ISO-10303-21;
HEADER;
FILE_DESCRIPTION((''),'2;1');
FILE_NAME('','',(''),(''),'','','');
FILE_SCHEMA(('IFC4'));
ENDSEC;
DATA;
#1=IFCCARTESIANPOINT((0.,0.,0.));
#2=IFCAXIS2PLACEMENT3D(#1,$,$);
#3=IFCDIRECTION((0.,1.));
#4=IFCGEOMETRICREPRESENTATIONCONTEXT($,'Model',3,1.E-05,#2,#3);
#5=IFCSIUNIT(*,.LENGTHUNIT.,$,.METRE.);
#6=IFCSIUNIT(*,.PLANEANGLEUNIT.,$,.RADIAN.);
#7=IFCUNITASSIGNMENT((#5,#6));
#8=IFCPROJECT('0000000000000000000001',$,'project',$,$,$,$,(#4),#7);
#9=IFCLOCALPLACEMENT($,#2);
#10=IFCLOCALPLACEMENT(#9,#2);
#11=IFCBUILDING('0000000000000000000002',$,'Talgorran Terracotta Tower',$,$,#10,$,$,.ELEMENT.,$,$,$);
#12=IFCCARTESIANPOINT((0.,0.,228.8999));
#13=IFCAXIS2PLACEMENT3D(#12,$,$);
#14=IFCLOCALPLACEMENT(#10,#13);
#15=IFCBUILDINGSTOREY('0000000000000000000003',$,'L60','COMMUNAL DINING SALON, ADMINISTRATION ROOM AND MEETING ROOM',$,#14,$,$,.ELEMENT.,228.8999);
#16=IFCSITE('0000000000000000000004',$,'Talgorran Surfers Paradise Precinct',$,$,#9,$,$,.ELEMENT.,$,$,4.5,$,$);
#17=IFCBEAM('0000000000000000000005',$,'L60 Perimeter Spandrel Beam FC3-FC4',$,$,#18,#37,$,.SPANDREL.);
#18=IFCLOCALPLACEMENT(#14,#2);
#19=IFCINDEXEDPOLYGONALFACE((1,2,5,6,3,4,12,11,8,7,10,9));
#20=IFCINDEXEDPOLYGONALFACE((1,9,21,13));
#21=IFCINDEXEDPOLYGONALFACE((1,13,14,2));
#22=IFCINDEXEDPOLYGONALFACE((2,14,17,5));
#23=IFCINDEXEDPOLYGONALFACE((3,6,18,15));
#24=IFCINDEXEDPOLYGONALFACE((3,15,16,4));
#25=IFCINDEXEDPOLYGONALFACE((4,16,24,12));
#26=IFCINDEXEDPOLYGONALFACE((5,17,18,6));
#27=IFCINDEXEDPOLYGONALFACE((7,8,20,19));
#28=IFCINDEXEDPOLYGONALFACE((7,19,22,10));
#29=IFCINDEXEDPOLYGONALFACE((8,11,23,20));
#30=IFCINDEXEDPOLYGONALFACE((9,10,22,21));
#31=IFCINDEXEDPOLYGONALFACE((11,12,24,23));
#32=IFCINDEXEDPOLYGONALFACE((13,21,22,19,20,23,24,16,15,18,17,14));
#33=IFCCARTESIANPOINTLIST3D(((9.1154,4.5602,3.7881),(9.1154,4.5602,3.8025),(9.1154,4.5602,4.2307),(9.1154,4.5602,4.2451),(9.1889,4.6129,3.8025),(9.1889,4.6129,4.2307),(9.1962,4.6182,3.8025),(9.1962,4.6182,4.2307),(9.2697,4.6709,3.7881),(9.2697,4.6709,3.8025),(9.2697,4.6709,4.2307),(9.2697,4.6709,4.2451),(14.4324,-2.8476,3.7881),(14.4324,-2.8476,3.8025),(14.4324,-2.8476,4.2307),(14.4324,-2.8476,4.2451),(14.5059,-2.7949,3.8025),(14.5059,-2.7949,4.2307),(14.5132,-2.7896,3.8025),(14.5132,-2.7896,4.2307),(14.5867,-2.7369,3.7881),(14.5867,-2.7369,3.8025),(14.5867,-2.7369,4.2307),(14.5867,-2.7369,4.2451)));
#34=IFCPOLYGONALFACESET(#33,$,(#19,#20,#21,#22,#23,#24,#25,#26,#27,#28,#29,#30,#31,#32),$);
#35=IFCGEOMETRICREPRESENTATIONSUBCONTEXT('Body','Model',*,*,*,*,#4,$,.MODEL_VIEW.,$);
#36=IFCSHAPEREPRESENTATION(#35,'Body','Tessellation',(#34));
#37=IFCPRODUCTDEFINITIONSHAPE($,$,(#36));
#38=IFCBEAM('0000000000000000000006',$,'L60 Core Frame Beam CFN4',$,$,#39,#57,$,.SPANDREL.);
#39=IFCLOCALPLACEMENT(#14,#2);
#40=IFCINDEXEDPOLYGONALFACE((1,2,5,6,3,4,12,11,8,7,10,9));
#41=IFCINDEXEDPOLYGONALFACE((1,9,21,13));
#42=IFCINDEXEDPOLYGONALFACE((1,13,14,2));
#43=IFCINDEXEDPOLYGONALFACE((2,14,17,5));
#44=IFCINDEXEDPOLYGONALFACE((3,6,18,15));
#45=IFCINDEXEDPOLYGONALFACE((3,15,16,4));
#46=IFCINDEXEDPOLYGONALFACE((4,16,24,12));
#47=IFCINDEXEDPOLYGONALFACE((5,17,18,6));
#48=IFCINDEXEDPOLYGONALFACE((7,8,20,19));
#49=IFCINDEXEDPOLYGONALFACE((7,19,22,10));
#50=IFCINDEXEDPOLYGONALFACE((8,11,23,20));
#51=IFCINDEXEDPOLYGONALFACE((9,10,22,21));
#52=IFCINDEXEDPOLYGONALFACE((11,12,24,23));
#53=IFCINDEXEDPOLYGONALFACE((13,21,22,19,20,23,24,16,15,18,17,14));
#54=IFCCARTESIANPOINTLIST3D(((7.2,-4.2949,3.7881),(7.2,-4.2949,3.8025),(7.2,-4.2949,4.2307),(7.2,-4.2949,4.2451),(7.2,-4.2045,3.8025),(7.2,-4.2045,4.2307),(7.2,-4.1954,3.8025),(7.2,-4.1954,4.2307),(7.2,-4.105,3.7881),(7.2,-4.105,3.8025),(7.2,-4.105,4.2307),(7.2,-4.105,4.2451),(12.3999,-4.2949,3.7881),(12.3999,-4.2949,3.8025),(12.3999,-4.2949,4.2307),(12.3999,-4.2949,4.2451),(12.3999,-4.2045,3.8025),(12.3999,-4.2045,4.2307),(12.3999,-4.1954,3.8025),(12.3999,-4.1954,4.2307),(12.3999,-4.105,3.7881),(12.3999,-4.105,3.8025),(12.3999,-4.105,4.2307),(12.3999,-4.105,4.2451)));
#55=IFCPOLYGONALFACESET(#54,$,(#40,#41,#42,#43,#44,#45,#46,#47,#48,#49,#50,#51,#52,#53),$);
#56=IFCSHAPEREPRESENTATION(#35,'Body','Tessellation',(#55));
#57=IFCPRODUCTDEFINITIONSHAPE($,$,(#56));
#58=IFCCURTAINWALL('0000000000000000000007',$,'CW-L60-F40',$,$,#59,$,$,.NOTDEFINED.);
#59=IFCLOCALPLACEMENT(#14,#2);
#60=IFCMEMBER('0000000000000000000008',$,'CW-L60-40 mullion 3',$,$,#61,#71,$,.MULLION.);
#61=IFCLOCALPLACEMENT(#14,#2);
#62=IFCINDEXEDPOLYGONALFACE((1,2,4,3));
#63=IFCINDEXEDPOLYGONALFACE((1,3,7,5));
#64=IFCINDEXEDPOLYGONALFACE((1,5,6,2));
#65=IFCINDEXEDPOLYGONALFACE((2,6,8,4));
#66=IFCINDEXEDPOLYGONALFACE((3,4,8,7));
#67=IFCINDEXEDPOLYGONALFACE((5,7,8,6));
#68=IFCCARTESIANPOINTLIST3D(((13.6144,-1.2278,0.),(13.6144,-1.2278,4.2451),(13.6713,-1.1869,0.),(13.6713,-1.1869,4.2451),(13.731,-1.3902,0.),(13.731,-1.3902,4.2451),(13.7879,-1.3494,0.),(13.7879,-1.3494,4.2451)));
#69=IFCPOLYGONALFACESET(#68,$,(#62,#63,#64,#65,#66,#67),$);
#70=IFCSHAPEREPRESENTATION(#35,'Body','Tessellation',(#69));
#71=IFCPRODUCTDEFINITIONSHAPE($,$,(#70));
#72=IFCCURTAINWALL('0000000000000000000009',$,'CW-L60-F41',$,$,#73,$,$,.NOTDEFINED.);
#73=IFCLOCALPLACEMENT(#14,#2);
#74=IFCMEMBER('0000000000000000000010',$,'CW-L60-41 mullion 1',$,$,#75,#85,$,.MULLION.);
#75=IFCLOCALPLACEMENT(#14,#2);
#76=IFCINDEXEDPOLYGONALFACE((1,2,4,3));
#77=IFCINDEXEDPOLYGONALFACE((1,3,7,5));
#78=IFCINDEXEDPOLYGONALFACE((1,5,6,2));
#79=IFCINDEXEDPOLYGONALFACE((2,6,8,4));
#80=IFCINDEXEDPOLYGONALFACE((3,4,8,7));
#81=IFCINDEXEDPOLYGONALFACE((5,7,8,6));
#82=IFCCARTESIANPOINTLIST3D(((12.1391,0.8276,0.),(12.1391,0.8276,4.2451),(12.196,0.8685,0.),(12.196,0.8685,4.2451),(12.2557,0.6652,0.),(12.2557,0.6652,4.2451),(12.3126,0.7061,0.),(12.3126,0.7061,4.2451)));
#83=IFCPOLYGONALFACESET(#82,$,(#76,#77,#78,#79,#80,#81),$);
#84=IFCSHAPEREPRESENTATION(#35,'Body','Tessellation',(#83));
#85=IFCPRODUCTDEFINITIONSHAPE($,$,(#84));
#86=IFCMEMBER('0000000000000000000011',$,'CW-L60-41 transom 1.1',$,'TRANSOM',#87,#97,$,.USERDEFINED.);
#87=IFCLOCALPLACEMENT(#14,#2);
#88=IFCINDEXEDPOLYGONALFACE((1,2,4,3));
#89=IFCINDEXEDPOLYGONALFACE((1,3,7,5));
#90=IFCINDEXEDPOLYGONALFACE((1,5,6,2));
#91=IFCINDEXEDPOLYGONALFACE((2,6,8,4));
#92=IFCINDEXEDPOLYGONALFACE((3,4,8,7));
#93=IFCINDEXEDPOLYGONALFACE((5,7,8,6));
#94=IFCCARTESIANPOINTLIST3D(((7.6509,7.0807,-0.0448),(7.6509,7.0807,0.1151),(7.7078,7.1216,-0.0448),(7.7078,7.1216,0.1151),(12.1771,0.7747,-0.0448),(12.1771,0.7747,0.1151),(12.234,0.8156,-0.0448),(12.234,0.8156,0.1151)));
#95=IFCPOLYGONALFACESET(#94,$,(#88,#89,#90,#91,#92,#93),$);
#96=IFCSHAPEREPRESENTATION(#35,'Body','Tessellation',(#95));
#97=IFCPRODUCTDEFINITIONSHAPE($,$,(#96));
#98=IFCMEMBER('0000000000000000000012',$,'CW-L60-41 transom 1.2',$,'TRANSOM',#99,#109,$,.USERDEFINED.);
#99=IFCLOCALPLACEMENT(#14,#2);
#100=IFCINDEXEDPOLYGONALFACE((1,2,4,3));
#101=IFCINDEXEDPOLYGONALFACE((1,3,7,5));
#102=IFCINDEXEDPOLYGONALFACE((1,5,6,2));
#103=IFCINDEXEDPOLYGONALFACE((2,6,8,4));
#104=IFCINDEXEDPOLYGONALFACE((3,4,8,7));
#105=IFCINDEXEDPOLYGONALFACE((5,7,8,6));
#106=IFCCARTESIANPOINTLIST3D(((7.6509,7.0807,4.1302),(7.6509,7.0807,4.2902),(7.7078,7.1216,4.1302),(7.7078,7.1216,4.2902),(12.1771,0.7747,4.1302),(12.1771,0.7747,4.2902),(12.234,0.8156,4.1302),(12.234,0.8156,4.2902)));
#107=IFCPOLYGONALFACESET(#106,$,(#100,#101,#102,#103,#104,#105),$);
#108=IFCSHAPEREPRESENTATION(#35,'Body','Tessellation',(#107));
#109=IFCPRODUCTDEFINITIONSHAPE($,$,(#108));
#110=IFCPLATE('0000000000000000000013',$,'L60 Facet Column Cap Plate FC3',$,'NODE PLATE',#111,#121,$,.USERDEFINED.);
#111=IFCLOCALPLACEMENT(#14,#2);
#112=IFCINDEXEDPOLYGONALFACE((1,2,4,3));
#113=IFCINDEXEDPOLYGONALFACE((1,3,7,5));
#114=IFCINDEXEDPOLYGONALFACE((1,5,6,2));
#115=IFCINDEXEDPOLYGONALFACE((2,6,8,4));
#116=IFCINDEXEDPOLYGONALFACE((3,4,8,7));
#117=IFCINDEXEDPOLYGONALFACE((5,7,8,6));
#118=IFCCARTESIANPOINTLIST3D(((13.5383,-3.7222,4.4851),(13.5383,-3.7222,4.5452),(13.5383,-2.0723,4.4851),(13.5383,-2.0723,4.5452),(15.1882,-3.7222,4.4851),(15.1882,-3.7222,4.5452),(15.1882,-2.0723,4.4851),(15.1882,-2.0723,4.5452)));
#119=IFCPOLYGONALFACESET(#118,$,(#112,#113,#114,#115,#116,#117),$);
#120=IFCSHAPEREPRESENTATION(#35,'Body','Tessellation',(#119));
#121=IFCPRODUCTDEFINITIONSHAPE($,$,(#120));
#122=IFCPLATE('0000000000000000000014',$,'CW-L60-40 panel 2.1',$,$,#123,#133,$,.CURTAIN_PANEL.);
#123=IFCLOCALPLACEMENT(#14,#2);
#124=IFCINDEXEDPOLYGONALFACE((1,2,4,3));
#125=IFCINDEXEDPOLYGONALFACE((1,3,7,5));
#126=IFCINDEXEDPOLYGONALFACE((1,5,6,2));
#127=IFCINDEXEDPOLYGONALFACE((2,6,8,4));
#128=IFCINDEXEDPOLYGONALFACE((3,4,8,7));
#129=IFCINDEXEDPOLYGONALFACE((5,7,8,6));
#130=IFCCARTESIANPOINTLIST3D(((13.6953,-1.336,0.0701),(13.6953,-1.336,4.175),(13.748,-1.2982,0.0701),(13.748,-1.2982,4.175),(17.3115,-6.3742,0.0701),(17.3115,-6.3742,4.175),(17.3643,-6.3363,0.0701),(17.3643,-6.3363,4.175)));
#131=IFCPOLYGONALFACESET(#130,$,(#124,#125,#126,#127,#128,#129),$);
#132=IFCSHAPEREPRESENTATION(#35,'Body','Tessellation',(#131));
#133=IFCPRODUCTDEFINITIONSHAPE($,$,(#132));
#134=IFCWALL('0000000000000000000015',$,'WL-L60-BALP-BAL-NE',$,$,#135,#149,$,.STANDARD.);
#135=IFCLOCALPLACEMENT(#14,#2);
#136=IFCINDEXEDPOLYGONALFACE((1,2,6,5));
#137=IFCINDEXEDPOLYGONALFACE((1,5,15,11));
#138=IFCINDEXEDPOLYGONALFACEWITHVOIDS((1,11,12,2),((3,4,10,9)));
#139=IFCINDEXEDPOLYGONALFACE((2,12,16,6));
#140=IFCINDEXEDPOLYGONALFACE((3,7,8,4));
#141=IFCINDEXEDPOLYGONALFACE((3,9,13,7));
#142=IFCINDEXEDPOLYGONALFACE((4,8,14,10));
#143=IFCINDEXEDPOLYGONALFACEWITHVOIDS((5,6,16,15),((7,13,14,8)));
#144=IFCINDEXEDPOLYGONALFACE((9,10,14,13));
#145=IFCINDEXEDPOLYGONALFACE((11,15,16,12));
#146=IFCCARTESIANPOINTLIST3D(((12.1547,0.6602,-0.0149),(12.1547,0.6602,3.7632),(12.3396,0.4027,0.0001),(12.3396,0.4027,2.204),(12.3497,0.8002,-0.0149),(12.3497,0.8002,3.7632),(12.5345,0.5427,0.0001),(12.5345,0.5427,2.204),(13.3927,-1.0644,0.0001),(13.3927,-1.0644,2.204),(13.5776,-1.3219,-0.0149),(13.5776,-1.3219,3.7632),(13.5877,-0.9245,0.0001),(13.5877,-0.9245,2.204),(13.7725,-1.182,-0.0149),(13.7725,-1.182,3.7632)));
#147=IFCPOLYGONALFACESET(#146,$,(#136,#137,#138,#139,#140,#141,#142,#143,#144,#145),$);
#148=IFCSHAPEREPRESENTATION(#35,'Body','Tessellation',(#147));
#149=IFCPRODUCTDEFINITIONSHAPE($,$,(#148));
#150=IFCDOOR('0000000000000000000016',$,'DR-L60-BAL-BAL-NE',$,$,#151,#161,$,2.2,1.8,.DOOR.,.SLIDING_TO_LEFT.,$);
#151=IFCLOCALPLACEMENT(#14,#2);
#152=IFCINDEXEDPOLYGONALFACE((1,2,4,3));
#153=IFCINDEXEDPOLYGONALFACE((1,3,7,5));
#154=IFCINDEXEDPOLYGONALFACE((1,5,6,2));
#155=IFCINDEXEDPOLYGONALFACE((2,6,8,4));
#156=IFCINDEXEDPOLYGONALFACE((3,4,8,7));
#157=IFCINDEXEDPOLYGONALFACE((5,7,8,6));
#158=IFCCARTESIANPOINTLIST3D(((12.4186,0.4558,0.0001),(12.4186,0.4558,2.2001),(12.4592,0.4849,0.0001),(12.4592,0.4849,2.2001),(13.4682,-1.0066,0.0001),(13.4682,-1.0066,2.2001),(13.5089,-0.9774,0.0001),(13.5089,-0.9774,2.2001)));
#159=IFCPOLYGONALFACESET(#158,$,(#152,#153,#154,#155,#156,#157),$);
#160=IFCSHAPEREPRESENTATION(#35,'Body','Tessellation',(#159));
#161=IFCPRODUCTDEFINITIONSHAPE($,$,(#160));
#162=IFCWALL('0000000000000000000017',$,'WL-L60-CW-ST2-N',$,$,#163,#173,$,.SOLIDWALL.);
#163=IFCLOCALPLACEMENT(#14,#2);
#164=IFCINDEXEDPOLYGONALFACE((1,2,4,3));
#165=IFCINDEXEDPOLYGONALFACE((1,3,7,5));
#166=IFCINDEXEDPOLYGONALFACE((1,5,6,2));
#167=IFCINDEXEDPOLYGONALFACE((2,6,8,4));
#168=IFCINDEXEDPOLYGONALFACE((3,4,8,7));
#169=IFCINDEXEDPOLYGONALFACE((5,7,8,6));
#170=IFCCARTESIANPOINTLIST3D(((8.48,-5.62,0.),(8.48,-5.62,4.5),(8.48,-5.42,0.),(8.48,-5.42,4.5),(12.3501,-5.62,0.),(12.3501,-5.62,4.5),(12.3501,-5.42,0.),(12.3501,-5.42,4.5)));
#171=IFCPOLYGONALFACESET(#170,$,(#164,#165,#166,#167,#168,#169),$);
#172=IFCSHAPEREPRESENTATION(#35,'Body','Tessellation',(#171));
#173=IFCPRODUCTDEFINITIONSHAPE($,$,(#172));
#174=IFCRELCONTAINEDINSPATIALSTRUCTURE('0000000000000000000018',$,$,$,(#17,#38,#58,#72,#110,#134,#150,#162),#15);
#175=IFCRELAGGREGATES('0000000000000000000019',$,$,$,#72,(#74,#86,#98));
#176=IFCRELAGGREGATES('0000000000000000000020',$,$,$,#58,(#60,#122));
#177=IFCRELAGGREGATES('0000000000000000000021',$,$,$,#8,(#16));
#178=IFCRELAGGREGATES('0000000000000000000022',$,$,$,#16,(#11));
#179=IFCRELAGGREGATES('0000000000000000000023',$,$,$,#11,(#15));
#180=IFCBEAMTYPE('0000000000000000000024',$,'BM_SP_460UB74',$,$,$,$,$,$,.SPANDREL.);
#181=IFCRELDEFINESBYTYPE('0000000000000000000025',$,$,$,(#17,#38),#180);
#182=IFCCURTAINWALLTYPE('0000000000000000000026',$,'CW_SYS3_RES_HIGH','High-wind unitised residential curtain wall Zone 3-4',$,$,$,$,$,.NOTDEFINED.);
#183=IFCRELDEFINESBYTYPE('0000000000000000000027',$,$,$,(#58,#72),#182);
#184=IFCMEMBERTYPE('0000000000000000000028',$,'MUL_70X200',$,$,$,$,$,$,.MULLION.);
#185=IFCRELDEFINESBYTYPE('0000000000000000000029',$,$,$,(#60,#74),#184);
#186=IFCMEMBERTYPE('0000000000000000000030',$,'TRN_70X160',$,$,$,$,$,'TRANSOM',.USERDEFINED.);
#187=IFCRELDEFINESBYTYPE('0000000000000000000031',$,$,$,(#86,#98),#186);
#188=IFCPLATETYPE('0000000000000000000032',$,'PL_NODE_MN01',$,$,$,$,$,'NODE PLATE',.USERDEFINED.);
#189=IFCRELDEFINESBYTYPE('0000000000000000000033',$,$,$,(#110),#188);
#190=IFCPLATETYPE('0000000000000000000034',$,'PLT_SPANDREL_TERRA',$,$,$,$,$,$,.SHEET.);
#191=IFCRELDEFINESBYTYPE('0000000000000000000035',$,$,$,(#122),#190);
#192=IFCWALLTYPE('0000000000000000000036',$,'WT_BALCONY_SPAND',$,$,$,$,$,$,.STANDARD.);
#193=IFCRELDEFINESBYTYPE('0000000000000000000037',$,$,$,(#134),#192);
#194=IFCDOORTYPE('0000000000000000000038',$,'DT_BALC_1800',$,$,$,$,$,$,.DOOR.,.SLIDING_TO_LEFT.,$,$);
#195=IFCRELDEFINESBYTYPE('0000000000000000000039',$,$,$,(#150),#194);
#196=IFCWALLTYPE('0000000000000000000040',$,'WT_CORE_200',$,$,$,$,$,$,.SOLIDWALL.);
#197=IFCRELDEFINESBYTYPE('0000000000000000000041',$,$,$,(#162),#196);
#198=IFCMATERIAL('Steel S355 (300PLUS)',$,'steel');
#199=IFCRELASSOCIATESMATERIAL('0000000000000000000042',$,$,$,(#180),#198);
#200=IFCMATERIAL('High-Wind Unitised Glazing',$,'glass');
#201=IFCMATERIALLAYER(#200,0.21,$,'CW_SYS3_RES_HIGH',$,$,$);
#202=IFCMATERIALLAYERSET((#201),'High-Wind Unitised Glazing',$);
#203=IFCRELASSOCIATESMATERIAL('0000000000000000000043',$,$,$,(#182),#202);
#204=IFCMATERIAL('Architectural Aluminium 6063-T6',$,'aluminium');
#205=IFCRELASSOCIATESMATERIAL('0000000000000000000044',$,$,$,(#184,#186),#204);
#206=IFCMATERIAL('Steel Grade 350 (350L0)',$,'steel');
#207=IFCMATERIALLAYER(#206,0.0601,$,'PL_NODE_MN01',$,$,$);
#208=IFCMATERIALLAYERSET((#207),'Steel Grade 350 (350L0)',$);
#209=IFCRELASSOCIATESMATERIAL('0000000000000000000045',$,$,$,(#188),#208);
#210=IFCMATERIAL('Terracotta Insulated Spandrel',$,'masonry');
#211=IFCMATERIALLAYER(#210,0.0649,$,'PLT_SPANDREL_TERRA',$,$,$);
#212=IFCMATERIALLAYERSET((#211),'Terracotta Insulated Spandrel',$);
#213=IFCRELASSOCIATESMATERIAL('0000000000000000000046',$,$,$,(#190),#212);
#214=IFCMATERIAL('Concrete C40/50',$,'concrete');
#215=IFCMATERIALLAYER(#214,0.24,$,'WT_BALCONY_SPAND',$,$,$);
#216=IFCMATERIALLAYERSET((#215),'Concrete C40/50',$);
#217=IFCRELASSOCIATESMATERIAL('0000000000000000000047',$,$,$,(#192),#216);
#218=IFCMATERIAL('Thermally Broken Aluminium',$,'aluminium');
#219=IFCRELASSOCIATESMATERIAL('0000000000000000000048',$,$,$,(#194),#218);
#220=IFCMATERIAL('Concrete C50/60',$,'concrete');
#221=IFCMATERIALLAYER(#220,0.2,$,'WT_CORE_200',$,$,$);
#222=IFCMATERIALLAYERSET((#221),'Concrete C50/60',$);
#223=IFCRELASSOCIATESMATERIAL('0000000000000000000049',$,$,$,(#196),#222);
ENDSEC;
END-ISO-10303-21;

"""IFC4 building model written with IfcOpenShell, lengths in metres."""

from ifc_helpers import new_model, si_unit, direction, frame, frame_2d, origin, origin_2d, place, context, subcontext, project, spatial, rectangle, i_section, extrude, source, transform, mapped, material, layer, layer_set, material_profile, profile_set, type_object, type_shapes, element, fill, aggregate, save


model = new_model("IFC4")

# Units and contexts
model_context = context("Model", 3, precision=1e-05, world=origin(), true_north=direction((0.0, 1.0)))
body_context = subcontext(model_context, "Body", "Model", "MODEL_VIEW")
ifc_project = project(units=[si_unit("LENGTHUNIT", "METRE"), si_unit("PLANEANGLEUNIT", "RADIAN")], contexts=[model_context])

# Site, building, storey
site_placement = place(None, origin())
site = spatial("IfcSite", under=ifc_project, at=site_placement, Name="Talgorran Surfers Paradise Precinct", CompositionType="ELEMENT", RefElevation=4.5)
building_placement = place(site_placement, origin())
building = spatial("IfcBuilding", under=site, at=building_placement, Name="Talgorran Terracotta Tower", CompositionType="ELEMENT")
storey_placement = place(building_placement, frame((0.0, 0.0, 228.8999)))
storey = spatial("IfcBuildingStorey", under=building, at=storey_placement, Name="L60", Description="COMMUNAL DINING SALON, ADMINISTRATION ROOM AND MEETING ROOM", CompositionType="ELEMENT", Elevation=228.8999)

# Shared definitions
ifc_material_1 = material(Name="Steel S355 (300PLUS)", Category="steel")
ifc_material_2 = material(Name="Steel Grade 350 (350L0)", Category="steel")

# Beams
ifc_material_profile_1 = material_profile(ifc_material_1, i_section(OverallWidth=0.1899, OverallDepth=0.457, WebThickness=0.009, FlangeThickness=0.0144, at=origin_2d()), Name="460UB74.6")
ifc_profile_set_1 = profile_set([ifc_material_profile_1], Name="Steel S355 (300PLUS)")
beam_type_1 = type_object("IfcBeamType", Name="BM_SP_460UB74", PredefinedType="SPANDREL", material=ifc_profile_set_1)
beam_1_placement = place(storey_placement, frame((14.5095, -2.7922, 4.0166), z_axis=(-0.583101, 0.8124, 0.0), x_axis=(-0.8124, -0.583101, 0.0)))
element("IfcBeam", 1, at=beam_1_placement, inside=storey, type_object=beam_type_1, Name="L60 Perimeter Spandrel Beam FC3-FC4", PredefinedType="SPANDREL", context=body_context, shape_type="SweptSolid", body=[
    extrude(i_section(OverallWidth=0.1899, OverallDepth=0.457, WebThickness=0.009, FlangeThickness=0.0144, at=origin_2d()), origin(), (0.0, 0.0, 1.0), 9.1184),
])
beam_2_placement = place(storey_placement, frame((7.2, -4.2, 4.0166), z_axis=(1.0, 0.0, 0.0), x_axis=(0.0, 1.0, 0.0)))
element("IfcBeam", 2, at=beam_2_placement, inside=storey, type_object=beam_type_1, Name="L60 Core Frame Beam CFN4", PredefinedType="SPANDREL", context=body_context, shape_type="SweptSolid", body=[
    extrude(i_section(OverallWidth=0.1899, OverallDepth=0.457, WebThickness=0.009, FlangeThickness=0.0144, at=origin_2d()), origin(), (0.0, 0.0, 1.0), 5.2),
])

# Curtain wall, member
ifc_material_3 = material(Name="High-Wind Unitised Glazing", Category="glass")
ifc_layer_1 = layer(ifc_material_3, 0.21, Name="CW_SYS3_RES_HIGH")
ifc_layer_set_1 = layer_set([ifc_layer_1], Name="High-Wind Unitised Glazing")
curtain_wall_type = type_object("IfcCurtainWallType", Name="CW_SYS3_RES_HIGH", Description="High-wind unitised residential curtain wall Zone 3-4", PredefinedType="NOTDEFINED", material=ifc_layer_set_1)
curtain_wall_1_placement = place(storey_placement, origin())
curtain_wall_1 = element("IfcCurtainWall", 3, at=curtain_wall_1_placement, inside=storey, type_object=curtain_wall_type, Name="CW-L60-F40", PredefinedType="NOTDEFINED")
ifc_material_4 = material(Name="Architectural Aluminium 6063-T6", Category="aluminium")
ifc_material_profile_2 = material_profile(ifc_material_4, rectangle(XDim=0.0701, YDim=0.2, at=origin_2d()), Name="CWM70X200")
ifc_profile_set_2 = profile_set([ifc_material_profile_2], Name="Architectural Aluminium 6063-T6")
member_type_1 = type_object("IfcMemberType", Name="MUL_70X200", PredefinedType="MULLION", material=ifc_profile_set_2)
member_1_placement = place(storey_placement, frame((13.7012, -1.2886, 0.0), z_axis=(0.0, 0.0, 1.0), x_axis=(-0.812389, -0.583115, 0.0)))
member_1 = element("IfcMember", 4, at=member_1_placement, type_object=member_type_1, Name="CW-L60-40 mullion 3", PredefinedType="MULLION", context=body_context, shape_type="SweptSolid", body=[
    extrude(rectangle(XDim=0.0701, YDim=0.2, at=origin_2d()), origin(), (0.0, 0.0, 1.0), 4.2451),
])

# Curtain wall, members
curtain_wall_2_placement = place(storey_placement, origin())
curtain_wall_2 = element("IfcCurtainWall", 5, at=curtain_wall_2_placement, inside=storey, type_object=curtain_wall_type, Name="CW-L60-F41", PredefinedType="NOTDEFINED")
member_2_placement = place(storey_placement, frame((12.2258, 0.7668, 0.0), z_axis=(0.0, 0.0, 1.0), x_axis=(-0.812392, -0.583112, 0.0)))
member_2 = element("IfcMember", 6, at=member_2_placement, type_object=member_type_1, Name="CW-L60-41 mullion 1", PredefinedType="MULLION", context=body_context, shape_type="SweptSolid", body=[
    extrude(rectangle(XDim=0.0701, YDim=0.2, at=origin_2d()), origin(), (0.0, 0.0, 1.0), 4.2451),
])
ifc_material_profile_3 = material_profile(ifc_material_4, rectangle(XDim=0.0701, YDim=0.1599, at=origin_2d()), Name="CWT70X160")
ifc_profile_set_3 = profile_set([ifc_material_profile_3], Name="Architectural Aluminium 6063-T6")
member_type_2 = type_object("IfcMemberType", Name="TRN_70X160", ElementType="TRANSOM", PredefinedType="USERDEFINED", material=ifc_profile_set_3)
member_3_placement = place(storey_placement, frame((12.2056, 0.7952, 0.0352), z_axis=(-0.583105, 0.812397, 0.0), x_axis=(-0.812397, -0.583105, 0.0)))
member_3 = element("IfcMember", 7, at=member_3_placement, type_object=member_type_2, Name="CW-L60-41 transom 1.1", ObjectType="TRANSOM", PredefinedType="USERDEFINED", context=body_context, shape_type="SweptSolid", body=[
    extrude(rectangle(XDim=0.0701, YDim=0.1599, at=origin_2d()), origin(), (0.0, 0.0, 1.0), 7.7622),
])
member_4_placement = place(storey_placement, frame((12.2056, 0.7952, 4.2102), z_axis=(-0.583105, 0.812397, 0.0), x_axis=(-0.812397, -0.583105, 0.0)))
member_4 = element("IfcMember", 8, at=member_4_placement, type_object=member_type_2, Name="CW-L60-41 transom 1.2", ObjectType="TRANSOM", PredefinedType="USERDEFINED", context=body_context, shape_type="SweptSolid", body=[
    extrude(rectangle(XDim=0.0701, YDim=0.1599, at=origin_2d()), origin(), (0.0, 0.0, 1.0), 7.7622),
])
aggregate(curtain_wall_2, [member_2, member_3, member_4])

# Plates
ifc_layer_2 = layer(ifc_material_2, 0.0601, Name="PL_NODE_MN01")
ifc_layer_set_2 = layer_set([ifc_layer_2], Name="Steel Grade 350 (350L0)")
plate_type_1 = type_object("IfcPlateType", Name="PL_NODE_MN01", ElementType="NODE PLATE", PredefinedType="USERDEFINED", material=ifc_layer_set_2)
plate_1_placement = place(storey_placement, frame((14.3633, -2.8972, 4.4851), z_axis=(0.0, 0.0, 1.0), x_axis=(1.0, 0.0, 0.0)))
element("IfcPlate", 9, at=plate_1_placement, inside=storey, type_object=plate_type_1, Name="L60 Facet Column Cap Plate FC3", ObjectType="NODE PLATE", PredefinedType="USERDEFINED", context=body_context, shape_type="SweptSolid", body=[
    extrude(rectangle(XDim=1.6499, YDim=1.6499, at=origin_2d()), origin(), (0.0, 0.0, 1.0), 0.0601),
])
ifc_material_5 = material(Name="Terracotta Insulated Spandrel", Category="masonry")
ifc_layer_3 = layer(ifc_material_5, 0.0649, Name="PLT_SPANDREL_TERRA")
ifc_layer_set_3 = layer_set([ifc_layer_3], Name="Terracotta Insulated Spandrel")
plate_type_2 = type_object("IfcPlateType", Name="PLT_SPANDREL_TERRA", PredefinedType="SHEET", material=ifc_layer_set_3)
shared_shape = source(origin(), body_context, "Body", "SweptSolid", [
    extrude(rectangle(XDim=6.2017, YDim=0.0649, at=origin_2d()), origin(), (0.0, 0.0, 1.0), 4.105),
])
type_shapes(plate_type_2, [shared_shape])
plate_2_placement = place(storey_placement, frame((15.5298, -3.8362, 0.0701), z_axis=(0.0, 0.0, 1.0), x_axis=(-0.583115, 0.812389, 0.0)))
plate_2 = element("IfcPlate", 10, at=plate_2_placement, type_object=plate_type_2, Name="CW-L60-40 panel 2.1", PredefinedType="CURTAIN_PANEL", context=body_context, shape_type="MappedRepresentation", body=[
    mapped(shared_shape, transform((0.0, 0.0, 0.0), scale=1.0)),
])
aggregate(curtain_wall_1, [member_1, plate_2])

# Wall, opening, door
ifc_material_6 = material(Name="Concrete C40/50", Category="concrete")
ifc_layer_4 = layer(ifc_material_6, 0.24, Name="WT_BALCONY_SPAND")
ifc_layer_set_4 = layer_set([ifc_layer_4], Name="Concrete C40/50")
wall_type_1 = type_object("IfcWallType", Name="WT_BALCONY_SPAND", PredefinedType="STANDARD", material=ifc_layer_set_4)
wall_1_placement = place(storey_placement, frame((13.675, -1.252, -0.0149), z_axis=(0.0, 0.0, 1.0), x_axis=(-0.583139, 0.812372, 0.0)))
wall_1 = element("IfcWall", 11, at=wall_1_placement, inside=storey, type_object=wall_type_1, Name="WL-L60-BALP-BAL-NE", PredefinedType="STANDARD", context=body_context, shape_type="SweptSolid", body=[
    extrude(rectangle(XDim=2.4399, YDim=0.24, at=frame_2d((1.22, 0.0))), origin(), (0.0, 0.0, 1.0), 3.7781),
])
opening_1_placement = place(wall_1_placement, frame((0.3201, 0.0, 0.0149)))
opening_1 = element("IfcOpeningElement", 12, at=opening_1_placement, cuts=wall_1, PredefinedType="OPENING", context=body_context, shape_type="SweptSolid", body=[
    extrude(rectangle(XDim=1.806, YDim=2.204, at=frame_2d((0.8999, 1.1021))), frame((0.0, 0.1299, 0.0), z_axis=(0.0, -1.0, 0.0), x_axis=(1.0, 0.0, 0.0)), (0.0, 0.0, 1.0), 0.26),
])
ifc_material_7 = material(Name="Thermally Broken Aluminium", Category="aluminium")
door_type_1 = type_object("IfcDoorType", Name="DT_BALC_1800", OperationType="SLIDING_TO_LEFT", PredefinedType="DOOR", material=ifc_material_7)
door_1_placement = place(opening_1_placement, origin())
door_1 = element("IfcDoor", 13, at=door_1_placement, inside=storey, type_object=door_type_1, Name="DR-L60-BAL-BAL-NE", OperationType="SLIDING_TO_LEFT", OverallHeight=2.2, OverallWidth=1.8, PredefinedType="DOOR", context=body_context, shape_type="SweptSolid", body=[
    extrude(rectangle(XDim=1.8, YDim=2.2, at=frame_2d((0.8999, 1.1001))), frame((0.0, 0.0249, 0.0), z_axis=(0.0, -1.0, 0.0), x_axis=(1.0, 0.0, 0.0)), (0.0, 0.0, 1.0), 0.05),
])
fill(opening_1, door_1)

# Wall
ifc_material_8 = material(Name="Concrete C50/60", Category="concrete")
ifc_layer_5 = layer(ifc_material_8, 0.2, Name="WT_CORE_200")
ifc_layer_set_5 = layer_set([ifc_layer_5], Name="Concrete C50/60")
wall_type_2 = type_object("IfcWallType", Name="WT_CORE_200", PredefinedType="SOLIDWALL", material=ifc_layer_set_5)
wall_2_placement = place(storey_placement, frame((8.48, -5.52, 0.0), z_axis=(0.0, 0.0, 1.0), x_axis=(1.0, 0.0, 0.0)))
element("IfcWall", 14, at=wall_2_placement, inside=storey, type_object=wall_type_2, Name="WL-L60-CW-ST2-N", PredefinedType="SOLIDWALL", context=body_context, shape_type="SweptSolid", body=[
    extrude(rectangle(XDim=3.8701, YDim=0.2, at=frame_2d((1.9351, 0.0))), origin(), (0.0, 0.0, 1.0), 4.5),
])

save(model, "model.ifc")
